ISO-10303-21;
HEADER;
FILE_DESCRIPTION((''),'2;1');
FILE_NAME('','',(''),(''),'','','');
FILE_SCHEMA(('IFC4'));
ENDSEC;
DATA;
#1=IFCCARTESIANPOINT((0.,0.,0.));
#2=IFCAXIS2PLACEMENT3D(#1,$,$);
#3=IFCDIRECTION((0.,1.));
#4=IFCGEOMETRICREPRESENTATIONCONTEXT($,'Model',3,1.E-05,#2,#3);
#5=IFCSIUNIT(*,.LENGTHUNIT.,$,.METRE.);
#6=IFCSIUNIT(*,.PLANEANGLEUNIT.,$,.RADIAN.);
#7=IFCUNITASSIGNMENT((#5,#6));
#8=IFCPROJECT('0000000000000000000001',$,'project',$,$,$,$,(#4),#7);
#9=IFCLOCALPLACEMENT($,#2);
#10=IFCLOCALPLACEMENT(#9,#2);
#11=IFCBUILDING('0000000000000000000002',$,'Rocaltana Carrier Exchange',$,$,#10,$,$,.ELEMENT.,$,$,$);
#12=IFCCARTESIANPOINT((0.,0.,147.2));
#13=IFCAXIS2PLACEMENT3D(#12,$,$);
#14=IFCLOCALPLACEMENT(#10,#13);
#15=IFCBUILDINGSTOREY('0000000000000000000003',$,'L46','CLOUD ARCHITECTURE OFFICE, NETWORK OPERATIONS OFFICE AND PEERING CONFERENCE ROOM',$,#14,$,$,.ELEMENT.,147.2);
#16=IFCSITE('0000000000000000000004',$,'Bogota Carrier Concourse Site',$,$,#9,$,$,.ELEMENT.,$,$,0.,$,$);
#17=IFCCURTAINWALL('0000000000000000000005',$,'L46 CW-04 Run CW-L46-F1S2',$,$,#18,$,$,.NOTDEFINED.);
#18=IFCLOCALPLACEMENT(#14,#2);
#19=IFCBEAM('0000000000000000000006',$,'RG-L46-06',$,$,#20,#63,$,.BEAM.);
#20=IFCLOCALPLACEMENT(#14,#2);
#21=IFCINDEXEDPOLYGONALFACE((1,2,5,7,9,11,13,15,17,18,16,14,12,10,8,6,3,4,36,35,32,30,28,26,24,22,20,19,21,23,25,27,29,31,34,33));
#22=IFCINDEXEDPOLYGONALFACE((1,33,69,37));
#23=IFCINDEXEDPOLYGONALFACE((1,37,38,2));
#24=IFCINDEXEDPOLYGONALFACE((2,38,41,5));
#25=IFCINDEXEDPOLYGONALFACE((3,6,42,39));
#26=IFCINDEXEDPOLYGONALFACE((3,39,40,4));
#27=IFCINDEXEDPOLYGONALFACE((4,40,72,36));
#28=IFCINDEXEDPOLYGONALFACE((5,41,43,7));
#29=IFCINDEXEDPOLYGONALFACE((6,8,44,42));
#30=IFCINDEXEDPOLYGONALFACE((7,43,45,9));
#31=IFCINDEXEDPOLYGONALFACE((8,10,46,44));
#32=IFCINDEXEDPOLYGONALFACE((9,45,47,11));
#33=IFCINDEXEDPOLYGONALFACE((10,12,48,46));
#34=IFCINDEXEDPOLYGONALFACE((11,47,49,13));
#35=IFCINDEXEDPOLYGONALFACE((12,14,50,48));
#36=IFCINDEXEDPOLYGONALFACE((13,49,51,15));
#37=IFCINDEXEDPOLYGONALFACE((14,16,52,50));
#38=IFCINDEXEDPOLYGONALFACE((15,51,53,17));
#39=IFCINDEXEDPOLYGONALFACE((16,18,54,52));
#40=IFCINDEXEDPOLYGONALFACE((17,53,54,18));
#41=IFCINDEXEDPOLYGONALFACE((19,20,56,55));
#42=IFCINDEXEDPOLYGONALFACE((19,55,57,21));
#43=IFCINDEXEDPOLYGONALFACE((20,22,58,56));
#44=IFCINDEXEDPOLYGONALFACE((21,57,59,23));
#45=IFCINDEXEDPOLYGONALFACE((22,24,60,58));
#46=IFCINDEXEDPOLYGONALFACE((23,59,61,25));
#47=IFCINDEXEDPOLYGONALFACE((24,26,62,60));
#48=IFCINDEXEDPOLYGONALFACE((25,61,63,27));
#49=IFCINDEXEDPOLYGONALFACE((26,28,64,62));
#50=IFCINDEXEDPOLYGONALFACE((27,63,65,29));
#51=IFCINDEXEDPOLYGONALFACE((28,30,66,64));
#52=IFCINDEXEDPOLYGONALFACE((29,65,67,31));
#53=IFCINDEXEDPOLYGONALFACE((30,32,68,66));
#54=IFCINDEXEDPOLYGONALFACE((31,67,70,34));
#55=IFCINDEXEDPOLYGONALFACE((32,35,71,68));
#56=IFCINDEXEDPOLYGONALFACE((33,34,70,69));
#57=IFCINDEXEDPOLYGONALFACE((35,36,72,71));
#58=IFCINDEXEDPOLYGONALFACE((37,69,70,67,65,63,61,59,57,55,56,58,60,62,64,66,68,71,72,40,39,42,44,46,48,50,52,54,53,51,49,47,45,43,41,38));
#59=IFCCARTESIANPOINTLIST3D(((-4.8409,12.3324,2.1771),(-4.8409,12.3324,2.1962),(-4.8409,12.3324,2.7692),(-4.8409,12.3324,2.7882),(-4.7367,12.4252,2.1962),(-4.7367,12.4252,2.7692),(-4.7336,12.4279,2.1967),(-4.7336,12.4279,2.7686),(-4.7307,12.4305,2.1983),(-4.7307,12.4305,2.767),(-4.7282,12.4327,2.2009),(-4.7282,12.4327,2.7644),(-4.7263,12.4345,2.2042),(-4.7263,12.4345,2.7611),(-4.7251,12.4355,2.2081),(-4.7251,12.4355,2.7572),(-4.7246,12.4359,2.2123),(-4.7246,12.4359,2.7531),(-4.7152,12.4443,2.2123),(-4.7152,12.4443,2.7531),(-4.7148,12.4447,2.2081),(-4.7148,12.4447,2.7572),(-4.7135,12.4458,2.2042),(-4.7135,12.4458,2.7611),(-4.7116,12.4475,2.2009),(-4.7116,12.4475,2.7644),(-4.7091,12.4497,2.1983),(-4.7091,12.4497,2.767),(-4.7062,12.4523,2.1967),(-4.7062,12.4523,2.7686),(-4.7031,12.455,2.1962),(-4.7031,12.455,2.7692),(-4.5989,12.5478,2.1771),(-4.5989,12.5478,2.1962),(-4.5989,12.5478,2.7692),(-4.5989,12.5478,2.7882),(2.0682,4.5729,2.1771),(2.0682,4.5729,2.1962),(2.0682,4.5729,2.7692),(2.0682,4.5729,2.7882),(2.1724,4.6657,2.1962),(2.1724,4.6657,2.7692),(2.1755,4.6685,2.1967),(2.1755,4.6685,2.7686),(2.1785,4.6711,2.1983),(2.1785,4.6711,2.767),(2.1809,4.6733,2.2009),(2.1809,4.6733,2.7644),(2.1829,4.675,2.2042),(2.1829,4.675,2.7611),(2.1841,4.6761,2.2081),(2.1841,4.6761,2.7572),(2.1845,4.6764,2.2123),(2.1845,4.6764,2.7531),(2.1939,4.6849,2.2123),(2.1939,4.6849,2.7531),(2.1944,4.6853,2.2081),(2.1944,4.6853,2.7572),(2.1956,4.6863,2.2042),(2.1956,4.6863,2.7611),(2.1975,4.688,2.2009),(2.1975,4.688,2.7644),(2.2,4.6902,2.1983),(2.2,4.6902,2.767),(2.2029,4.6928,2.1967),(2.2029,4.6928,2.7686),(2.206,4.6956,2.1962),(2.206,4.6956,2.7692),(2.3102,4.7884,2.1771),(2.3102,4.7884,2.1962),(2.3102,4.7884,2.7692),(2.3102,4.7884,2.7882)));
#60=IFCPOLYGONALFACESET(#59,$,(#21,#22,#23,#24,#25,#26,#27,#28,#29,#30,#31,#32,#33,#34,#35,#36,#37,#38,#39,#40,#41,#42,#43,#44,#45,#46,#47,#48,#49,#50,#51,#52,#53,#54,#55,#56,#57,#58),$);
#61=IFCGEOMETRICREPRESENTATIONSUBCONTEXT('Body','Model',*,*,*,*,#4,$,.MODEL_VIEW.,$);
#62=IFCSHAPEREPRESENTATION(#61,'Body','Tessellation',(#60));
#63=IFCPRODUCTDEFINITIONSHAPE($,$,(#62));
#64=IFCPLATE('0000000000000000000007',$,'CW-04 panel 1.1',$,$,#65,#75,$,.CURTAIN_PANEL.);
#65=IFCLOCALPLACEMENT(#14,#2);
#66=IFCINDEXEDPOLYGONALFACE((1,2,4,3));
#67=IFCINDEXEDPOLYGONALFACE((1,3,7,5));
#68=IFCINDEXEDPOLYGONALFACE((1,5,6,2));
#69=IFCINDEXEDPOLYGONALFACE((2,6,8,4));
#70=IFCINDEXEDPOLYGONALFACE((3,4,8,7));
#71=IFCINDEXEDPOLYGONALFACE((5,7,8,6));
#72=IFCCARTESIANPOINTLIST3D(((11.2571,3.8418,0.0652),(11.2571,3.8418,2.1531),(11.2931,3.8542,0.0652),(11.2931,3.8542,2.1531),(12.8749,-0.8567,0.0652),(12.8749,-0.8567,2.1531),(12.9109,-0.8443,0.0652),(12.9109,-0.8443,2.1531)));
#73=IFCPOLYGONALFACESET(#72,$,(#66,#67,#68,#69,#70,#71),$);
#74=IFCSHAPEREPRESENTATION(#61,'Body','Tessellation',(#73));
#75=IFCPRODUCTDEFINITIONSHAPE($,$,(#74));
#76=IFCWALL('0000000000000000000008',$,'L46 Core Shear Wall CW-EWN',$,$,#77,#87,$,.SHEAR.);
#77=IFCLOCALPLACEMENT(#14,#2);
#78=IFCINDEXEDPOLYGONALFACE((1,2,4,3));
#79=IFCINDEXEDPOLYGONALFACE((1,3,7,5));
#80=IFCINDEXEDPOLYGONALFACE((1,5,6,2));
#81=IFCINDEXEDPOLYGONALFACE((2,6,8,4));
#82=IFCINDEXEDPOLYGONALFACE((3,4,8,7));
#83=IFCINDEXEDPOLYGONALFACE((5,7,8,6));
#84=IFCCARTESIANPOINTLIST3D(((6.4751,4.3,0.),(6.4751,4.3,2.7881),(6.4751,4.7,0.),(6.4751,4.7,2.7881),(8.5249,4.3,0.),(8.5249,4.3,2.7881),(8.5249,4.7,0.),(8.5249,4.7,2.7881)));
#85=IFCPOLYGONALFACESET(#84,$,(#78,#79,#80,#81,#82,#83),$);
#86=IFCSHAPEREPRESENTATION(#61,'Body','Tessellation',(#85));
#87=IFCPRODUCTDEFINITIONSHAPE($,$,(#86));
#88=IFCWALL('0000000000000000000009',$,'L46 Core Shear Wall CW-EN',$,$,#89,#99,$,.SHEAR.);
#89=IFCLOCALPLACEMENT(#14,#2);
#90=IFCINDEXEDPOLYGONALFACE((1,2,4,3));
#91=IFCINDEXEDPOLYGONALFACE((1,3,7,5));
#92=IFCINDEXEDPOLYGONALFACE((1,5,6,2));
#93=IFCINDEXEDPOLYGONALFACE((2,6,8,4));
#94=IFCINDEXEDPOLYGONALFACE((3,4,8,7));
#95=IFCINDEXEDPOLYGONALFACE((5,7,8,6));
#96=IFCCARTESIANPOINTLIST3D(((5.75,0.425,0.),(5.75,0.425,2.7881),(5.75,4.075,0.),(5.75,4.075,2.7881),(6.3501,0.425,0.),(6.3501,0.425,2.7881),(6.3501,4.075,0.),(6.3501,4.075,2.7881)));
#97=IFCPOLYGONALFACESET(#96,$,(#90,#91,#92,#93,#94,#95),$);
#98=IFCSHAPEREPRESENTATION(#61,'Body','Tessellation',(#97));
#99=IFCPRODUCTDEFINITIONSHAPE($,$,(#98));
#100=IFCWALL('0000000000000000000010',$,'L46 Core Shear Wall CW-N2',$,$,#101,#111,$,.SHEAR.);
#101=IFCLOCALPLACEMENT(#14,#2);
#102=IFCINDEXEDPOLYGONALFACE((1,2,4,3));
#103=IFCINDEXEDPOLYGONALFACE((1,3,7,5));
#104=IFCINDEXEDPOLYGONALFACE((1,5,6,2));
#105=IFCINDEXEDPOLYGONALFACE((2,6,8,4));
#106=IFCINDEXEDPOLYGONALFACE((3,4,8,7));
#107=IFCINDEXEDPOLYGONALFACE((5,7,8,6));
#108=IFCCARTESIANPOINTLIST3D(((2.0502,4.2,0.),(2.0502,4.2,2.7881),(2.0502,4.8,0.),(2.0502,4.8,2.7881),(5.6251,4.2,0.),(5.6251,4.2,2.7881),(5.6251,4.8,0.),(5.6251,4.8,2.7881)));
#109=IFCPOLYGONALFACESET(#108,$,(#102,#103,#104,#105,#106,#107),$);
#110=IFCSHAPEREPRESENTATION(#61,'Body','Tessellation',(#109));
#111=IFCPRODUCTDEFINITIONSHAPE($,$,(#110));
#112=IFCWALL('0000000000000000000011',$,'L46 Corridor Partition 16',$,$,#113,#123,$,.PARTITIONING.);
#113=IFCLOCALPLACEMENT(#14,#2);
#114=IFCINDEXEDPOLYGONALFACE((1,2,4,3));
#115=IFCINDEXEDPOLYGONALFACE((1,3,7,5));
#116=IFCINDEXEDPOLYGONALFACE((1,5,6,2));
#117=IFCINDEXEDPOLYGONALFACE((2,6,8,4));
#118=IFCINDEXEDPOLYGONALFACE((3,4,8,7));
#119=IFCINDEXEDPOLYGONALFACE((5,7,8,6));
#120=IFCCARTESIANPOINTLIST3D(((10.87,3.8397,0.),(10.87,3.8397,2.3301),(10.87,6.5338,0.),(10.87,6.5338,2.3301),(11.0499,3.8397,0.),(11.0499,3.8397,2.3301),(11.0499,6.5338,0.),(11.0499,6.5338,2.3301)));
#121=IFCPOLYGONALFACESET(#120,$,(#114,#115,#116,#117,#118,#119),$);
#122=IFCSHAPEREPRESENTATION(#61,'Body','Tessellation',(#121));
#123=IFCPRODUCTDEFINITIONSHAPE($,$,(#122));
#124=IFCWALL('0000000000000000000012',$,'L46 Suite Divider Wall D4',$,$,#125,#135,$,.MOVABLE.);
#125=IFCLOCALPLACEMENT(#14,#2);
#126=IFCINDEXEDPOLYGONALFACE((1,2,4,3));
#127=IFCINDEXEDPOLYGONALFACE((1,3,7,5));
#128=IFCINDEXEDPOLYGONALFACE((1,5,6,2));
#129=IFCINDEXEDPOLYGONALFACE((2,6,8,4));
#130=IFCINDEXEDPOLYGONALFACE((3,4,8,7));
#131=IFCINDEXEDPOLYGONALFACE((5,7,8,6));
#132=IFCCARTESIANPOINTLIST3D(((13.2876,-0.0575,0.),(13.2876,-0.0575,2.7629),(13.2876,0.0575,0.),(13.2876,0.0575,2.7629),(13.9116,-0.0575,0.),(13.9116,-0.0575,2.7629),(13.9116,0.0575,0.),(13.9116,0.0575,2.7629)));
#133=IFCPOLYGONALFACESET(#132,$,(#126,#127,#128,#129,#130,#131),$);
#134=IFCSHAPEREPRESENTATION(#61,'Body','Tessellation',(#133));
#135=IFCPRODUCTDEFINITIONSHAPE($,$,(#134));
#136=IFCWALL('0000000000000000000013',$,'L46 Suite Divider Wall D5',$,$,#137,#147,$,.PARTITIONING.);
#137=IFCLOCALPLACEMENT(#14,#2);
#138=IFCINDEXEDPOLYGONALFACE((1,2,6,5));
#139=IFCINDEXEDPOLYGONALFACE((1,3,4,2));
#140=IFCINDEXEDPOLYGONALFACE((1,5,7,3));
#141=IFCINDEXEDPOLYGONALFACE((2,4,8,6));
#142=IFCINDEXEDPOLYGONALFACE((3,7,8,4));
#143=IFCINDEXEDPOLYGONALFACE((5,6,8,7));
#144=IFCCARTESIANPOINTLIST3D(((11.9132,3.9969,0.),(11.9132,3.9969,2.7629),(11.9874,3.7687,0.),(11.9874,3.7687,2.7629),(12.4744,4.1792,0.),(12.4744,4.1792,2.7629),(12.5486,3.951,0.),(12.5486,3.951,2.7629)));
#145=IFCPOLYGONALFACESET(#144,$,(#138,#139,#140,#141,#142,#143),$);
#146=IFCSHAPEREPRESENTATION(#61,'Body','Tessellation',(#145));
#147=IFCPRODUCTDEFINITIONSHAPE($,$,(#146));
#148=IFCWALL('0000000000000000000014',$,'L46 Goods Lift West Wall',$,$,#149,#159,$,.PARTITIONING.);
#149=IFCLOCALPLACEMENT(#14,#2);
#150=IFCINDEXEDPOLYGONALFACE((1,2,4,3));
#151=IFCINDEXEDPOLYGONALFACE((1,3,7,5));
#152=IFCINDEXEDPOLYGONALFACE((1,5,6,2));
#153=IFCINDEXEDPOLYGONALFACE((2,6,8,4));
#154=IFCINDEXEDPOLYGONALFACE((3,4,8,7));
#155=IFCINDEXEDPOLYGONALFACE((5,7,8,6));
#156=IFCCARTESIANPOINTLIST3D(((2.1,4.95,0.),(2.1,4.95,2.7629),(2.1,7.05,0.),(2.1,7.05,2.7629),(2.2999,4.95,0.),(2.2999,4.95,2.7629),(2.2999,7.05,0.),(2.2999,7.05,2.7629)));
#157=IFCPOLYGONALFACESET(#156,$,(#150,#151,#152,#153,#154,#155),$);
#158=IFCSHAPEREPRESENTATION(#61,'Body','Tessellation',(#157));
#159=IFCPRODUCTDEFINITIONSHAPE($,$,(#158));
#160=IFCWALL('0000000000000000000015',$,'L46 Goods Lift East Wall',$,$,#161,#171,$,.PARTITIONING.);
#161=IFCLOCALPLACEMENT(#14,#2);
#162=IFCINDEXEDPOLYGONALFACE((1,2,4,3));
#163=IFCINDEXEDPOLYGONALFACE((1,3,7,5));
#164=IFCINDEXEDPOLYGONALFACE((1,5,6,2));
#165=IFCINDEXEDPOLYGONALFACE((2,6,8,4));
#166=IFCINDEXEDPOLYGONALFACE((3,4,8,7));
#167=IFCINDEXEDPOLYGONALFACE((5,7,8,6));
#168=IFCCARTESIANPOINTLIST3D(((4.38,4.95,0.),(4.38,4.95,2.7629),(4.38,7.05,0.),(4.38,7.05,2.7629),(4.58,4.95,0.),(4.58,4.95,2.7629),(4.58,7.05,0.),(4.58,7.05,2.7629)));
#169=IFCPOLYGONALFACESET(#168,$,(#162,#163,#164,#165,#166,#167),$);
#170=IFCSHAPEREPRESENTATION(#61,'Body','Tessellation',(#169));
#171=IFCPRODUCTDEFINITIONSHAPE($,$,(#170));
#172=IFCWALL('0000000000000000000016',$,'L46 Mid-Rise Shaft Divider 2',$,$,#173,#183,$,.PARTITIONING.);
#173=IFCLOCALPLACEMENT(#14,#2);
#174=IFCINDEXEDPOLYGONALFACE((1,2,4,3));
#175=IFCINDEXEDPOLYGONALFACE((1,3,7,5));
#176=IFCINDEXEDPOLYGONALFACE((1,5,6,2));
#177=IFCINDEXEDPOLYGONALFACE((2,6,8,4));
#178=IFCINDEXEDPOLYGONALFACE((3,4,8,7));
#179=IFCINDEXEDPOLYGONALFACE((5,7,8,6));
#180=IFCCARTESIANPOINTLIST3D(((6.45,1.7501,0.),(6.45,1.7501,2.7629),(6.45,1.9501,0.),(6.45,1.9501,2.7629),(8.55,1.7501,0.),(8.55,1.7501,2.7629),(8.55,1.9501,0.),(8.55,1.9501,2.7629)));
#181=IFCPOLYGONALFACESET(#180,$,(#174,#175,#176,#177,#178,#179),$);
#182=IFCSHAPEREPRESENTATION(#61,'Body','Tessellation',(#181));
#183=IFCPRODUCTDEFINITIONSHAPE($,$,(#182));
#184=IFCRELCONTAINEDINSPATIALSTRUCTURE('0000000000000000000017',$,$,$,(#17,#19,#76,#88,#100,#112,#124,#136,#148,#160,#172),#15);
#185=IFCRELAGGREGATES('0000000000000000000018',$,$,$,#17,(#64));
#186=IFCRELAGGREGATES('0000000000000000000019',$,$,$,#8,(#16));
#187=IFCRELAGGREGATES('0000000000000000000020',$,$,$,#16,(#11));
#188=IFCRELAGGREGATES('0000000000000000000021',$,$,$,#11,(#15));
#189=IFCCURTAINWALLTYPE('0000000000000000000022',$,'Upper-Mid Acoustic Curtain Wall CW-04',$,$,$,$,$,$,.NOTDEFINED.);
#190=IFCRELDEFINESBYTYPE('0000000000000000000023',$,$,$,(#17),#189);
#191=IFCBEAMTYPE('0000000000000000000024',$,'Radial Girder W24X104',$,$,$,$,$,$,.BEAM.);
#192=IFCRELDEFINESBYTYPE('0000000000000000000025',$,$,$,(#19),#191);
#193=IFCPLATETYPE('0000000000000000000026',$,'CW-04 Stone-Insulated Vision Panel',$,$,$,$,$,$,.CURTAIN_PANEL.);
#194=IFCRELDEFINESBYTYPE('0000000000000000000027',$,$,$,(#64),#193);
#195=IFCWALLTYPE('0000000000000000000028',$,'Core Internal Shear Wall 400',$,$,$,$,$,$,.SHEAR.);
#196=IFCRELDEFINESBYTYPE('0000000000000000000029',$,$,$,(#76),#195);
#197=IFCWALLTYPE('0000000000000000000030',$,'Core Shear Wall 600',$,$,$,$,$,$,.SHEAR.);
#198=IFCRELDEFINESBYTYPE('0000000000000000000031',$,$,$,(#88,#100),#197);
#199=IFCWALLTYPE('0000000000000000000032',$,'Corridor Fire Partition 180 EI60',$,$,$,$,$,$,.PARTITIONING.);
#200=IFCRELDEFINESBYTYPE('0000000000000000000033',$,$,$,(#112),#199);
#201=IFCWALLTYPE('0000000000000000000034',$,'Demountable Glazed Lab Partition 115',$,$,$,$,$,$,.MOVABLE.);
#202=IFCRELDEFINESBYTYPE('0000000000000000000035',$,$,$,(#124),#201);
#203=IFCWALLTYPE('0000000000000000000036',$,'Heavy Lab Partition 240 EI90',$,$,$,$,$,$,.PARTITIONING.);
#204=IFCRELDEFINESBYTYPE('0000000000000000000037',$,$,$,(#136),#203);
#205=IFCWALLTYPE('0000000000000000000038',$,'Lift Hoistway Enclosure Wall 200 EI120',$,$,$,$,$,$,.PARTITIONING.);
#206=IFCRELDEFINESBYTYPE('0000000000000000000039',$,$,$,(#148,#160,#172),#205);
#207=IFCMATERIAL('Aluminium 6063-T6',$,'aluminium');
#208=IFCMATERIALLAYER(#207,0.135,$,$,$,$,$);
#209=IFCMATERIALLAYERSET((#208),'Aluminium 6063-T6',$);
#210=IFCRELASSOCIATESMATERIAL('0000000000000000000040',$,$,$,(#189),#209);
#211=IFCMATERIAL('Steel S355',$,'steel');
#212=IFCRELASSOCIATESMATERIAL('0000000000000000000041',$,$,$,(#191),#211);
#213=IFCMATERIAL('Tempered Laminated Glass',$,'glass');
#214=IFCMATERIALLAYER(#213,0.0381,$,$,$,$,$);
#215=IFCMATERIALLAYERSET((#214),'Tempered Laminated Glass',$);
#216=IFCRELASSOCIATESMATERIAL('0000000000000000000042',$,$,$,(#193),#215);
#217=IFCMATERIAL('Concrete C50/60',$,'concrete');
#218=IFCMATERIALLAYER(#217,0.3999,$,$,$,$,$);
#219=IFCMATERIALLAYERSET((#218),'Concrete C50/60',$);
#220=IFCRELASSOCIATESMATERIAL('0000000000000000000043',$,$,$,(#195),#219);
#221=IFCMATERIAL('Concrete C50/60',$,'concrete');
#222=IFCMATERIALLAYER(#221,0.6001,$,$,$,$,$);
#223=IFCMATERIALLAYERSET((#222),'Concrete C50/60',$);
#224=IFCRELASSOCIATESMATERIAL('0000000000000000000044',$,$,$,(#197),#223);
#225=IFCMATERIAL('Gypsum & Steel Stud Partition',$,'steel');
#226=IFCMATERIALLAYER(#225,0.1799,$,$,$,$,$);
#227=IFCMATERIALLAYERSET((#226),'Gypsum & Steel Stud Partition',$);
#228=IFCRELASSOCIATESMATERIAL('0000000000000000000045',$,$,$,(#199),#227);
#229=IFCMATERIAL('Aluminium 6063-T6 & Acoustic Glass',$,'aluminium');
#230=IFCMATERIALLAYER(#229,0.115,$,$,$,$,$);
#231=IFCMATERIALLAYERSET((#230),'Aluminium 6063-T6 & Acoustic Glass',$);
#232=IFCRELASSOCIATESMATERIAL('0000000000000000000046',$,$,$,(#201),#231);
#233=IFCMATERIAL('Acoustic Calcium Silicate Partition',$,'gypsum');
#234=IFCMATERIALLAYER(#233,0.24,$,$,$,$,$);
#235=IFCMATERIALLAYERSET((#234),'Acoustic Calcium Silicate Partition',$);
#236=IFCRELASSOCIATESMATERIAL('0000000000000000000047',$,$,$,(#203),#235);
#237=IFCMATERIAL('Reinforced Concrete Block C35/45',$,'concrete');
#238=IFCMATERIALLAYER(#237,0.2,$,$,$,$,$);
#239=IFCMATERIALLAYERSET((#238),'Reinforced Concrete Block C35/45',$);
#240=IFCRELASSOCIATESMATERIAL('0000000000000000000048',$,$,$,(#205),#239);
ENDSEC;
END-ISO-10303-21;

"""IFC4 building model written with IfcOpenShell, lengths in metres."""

from ifc_helpers import new_model, si_unit, direction, frame, frame_2d, origin, origin_2d, place, context, subcontext, project, spatial, rectangle, i_section, extrude, material, layer, layer_set, material_profile, profile_set, type_object, element, aggregate, save


model = new_model("IFC4")

# Units and contexts
model_context = context("Model", 3, precision=1e-05, world=origin(), true_north=direction((0.0, 1.0)))
body_context = subcontext(model_context, "Body", "Model", "MODEL_VIEW")
ifc_project = project(units=[si_unit("LENGTHUNIT", "METRE"), si_unit("PLANEANGLEUNIT", "RADIAN")], contexts=[model_context])

# Site, building, storey
site_placement = place(None, origin())
site = spatial("IfcSite", under=ifc_project, at=site_placement, Name="Bogota Carrier Concourse Site", CompositionType="ELEMENT", RefElevation=0.0)
building_placement = place(site_placement, origin())
building = spatial("IfcBuilding", under=site, at=building_placement, Name="Rocaltana Carrier Exchange", CompositionType="ELEMENT")
storey_placement = place(building_placement, frame((0.0, 0.0, 147.2)))
storey = spatial("IfcBuildingStorey", under=building, at=storey_placement, Name="L46", Description="CLOUD ARCHITECTURE OFFICE, NETWORK OPERATIONS OFFICE AND PEERING CONFERENCE ROOM", CompositionType="ELEMENT", Elevation=147.2)

# Curtain wall
ifc_material_1 = material(Name="Aluminium 6063-T6", Category="aluminium")
ifc_layer_1 = layer(ifc_material_1, 0.135)
ifc_layer_set_1 = layer_set([ifc_layer_1], Name="Aluminium 6063-T6")
curtain_wall_type = type_object("IfcCurtainWallType", Name="Upper-Mid Acoustic Curtain Wall CW-04", PredefinedType="NOTDEFINED", material=ifc_layer_set_1)
curtain_wall_placement = place(storey_placement, origin())
curtain_wall = element("IfcCurtainWall", 1, at=curtain_wall_placement, inside=storey, type_object=curtain_wall_type, Name="L46 CW-04 Run CW-L46-F1S2", PredefinedType="NOTDEFINED")

# Beam
ifc_material_2 = material(Name="Steel S355", Category="steel")
ifc_material_profile_1 = material_profile(ifc_material_2, i_section(OverallWidth=0.324, OverallDepth=0.6111, WebThickness=0.0127, FlangeThickness=0.019, FilletRadius=0.0161, at=origin_2d()), Name="W24X104")
ifc_profile_set_1 = profile_set([ifc_material_profile_1], Name="Steel S355")
beam_type_1 = type_object("IfcBeamType", Name="Radial Girder W24X104", PredefinedType="BEAM", material=ifc_profile_set_1)
beam_1_placement = place(storey_placement, frame((2.1892, 4.6807, 2.4827), z_axis=(-0.665, 0.746844, 0.0), x_axis=(-0.746844, -0.665, 0.0)))
element("IfcBeam", 2, at=beam_1_placement, inside=storey, type_object=beam_type_1, Name="RG-L46-06", PredefinedType="BEAM", context=body_context, shape_type="SweptSolid", body=[
    extrude(i_section(OverallWidth=0.324, OverallDepth=0.6111, WebThickness=0.0127, FlangeThickness=0.019, FilletRadius=0.0161, at=origin_2d()), origin(), (0.0, 0.0, 1.0), 10.3896),
])

# Plate
ifc_material_3 = material(Name="Tempered Laminated Glass", Category="glass")
ifc_layer_2 = layer(ifc_material_3, 0.0381)
ifc_layer_set_2 = layer_set([ifc_layer_2], Name="Tempered Laminated Glass")
plate_type = type_object("IfcPlateType", Name="CW-04 Stone-Insulated Vision Panel", PredefinedType="CURTAIN_PANEL", material=ifc_layer_set_2)
plate_placement = place(storey_placement, frame((12.084, 1.4988, 0.0652), z_axis=(0.0, 0.0, 1.0), x_axis=(-0.325562, 0.945521, 0.0)))
plate = element("IfcPlate", 3, at=plate_placement, type_object=plate_type, Name="CW-04 panel 1.1", PredefinedType="CURTAIN_PANEL", context=body_context, shape_type="SweptSolid", body=[
    extrude(rectangle(XDim=4.9692, YDim=0.0381, at=origin_2d()), origin(), (0.0, 0.0, 1.0), 2.0879),
])
aggregate(curtain_wall, [plate])

# Walls
ifc_material_4 = material(Name="Concrete C50/60", Category="concrete")
ifc_layer_3 = layer(ifc_material_4, 0.3999)
ifc_layer_set_3 = layer_set([ifc_layer_3], Name="Concrete C50/60")
wall_type_1 = type_object("IfcWallType", Name="Core Internal Shear Wall 400", PredefinedType="SHEAR", material=ifc_layer_set_3)
wall_1_placement = place(storey_placement, frame((6.4751, 4.5, 0.0), z_axis=(0.0, 0.0, 1.0), x_axis=(1.0, 0.0, 0.0)))
element("IfcWall", 4, at=wall_1_placement, inside=storey, type_object=wall_type_1, Name="L46 Core Shear Wall CW-EWN", PredefinedType="SHEAR", context=body_context, shape_type="SweptSolid", body=[
    extrude(rectangle(XDim=2.0498, YDim=0.3999, at=frame_2d((1.0249, 0.0))), origin(), (0.0, 0.0, 1.0), 2.7881),
])
ifc_material_5 = material(Name="Concrete C50/60", Category="concrete")
ifc_layer_4 = layer(ifc_material_5, 0.6001)
ifc_layer_set_4 = layer_set([ifc_layer_4], Name="Concrete C50/60")
wall_type_2 = type_object("IfcWallType", Name="Core Shear Wall 600", PredefinedType="SHEAR", material=ifc_layer_set_4)
wall_2_placement = place(storey_placement, frame((6.05, 0.425, 0.0), z_axis=(0.0, 0.0, 1.0), x_axis=(0.0, 1.0, 0.0)))
element("IfcWall", 5, at=wall_2_placement, inside=storey, type_object=wall_type_2, Name="L46 Core Shear Wall CW-EN", PredefinedType="SHEAR", context=body_context, shape_type="SweptSolid", body=[
    extrude(rectangle(XDim=3.6499, YDim=0.6001, at=frame_2d((1.825, 0.0))), origin(), (0.0, 0.0, 1.0), 2.7881),
])
wall_3_placement = place(storey_placement, frame((2.05, 4.5, 0.0), z_axis=(0.0, 0.0, 1.0), x_axis=(1.0, 0.0, 0.0)))
element("IfcWall", 6, at=wall_3_placement, inside=storey, type_object=wall_type_2, Name="L46 Core Shear Wall CW-N2", PredefinedType="SHEAR", context=body_context, shape_type="SweptSolid", body=[
    extrude(rectangle(XDim=3.575, YDim=0.6001, at=frame_2d((1.7876, 0.0))), origin(), (0.0, 0.0, 1.0), 2.7881),
])
ifc_material_6 = material(Name="Gypsum & Steel Stud Partition", Category="steel")
ifc_layer_5 = layer(ifc_material_6, 0.1799)
ifc_layer_set_5 = layer_set([ifc_layer_5], Name="Gypsum & Steel Stud Partition")
wall_type_3 = type_object("IfcWallType", Name="Corridor Fire Partition 180 EI60", PredefinedType="PARTITIONING", material=ifc_layer_set_5)
wall_4_placement = place(storey_placement, frame((10.96, 3.8396, 0.0), z_axis=(0.0, 0.0, 1.0), x_axis=(0.0, 1.0, 0.0)))
element("IfcWall", 7, at=wall_4_placement, inside=storey, type_object=wall_type_3, Name="L46 Corridor Partition 16", PredefinedType="PARTITIONING", context=body_context, shape_type="SweptSolid", body=[
    extrude(rectangle(XDim=2.6941, YDim=0.1799, at=frame_2d((1.3472, 0.0))), origin(), (0.0, 0.0, 1.0), 2.3301),
])
ifc_material_7 = material(Name="Aluminium 6063-T6 & Acoustic Glass", Category="aluminium")
ifc_layer_6 = layer(ifc_material_7, 0.115)
ifc_layer_set_6 = layer_set([ifc_layer_6], Name="Aluminium 6063-T6 & Acoustic Glass")
wall_type_4 = type_object("IfcWallType", Name="Demountable Glazed Lab Partition 115", PredefinedType="MOVABLE", material=ifc_layer_set_6)
wall_5_placement = place(storey_placement, frame((13.2876, 0.0, 0.0), z_axis=(0.0, 0.0, 1.0), x_axis=(1.0, 0.0, 0.0)))
element("IfcWall", 8, at=wall_5_placement, inside=storey, type_object=wall_type_4, Name="L46 Suite Divider Wall D4", PredefinedType="MOVABLE", context=body_context, shape_type="SweptSolid", body=[
    extrude(rectangle(XDim=0.624, YDim=0.115, at=frame_2d((0.312, 0.0))), origin(), (0.0, 0.0, 1.0), 2.7629),
])
ifc_material_8 = material(Name="Acoustic Calcium Silicate Partition", Category="gypsum")
ifc_layer_7 = layer(ifc_material_8, 0.24)
ifc_layer_set_7 = layer_set([ifc_layer_7], Name="Acoustic Calcium Silicate Partition")
wall_type_5 = type_object("IfcWallType", Name="Heavy Lab Partition 240 EI90", PredefinedType="PARTITIONING", material=ifc_layer_set_7)
wall_6_placement = place(storey_placement, frame((11.9504, 3.8828, 0.0), z_axis=(0.0, 0.0, 1.0), x_axis=(0.951055, 0.309021, 0.0)))
element("IfcWall", 9, at=wall_6_placement, inside=storey, type_object=wall_type_5, Name="L46 Suite Divider Wall D5", PredefinedType="PARTITIONING", context=body_context, shape_type="SweptSolid", body=[
    extrude(rectangle(XDim=0.5901, YDim=0.24, at=frame_2d((0.2949, 0.0))), origin(), (0.0, 0.0, 1.0), 2.7629),
])
ifc_material_9 = material(Name="Reinforced Concrete Block C35/45", Category="concrete")
ifc_layer_8 = layer(ifc_material_9, 0.2)
ifc_layer_set_8 = layer_set([ifc_layer_8], Name="Reinforced Concrete Block C35/45")
wall_type_6 = type_object("IfcWallType", Name="Lift Hoistway Enclosure Wall 200 EI120", PredefinedType="PARTITIONING", material=ifc_layer_set_8)
for number, where, z_axis, x_axis, name in (
    (10, (2.2, 4.95, 0.0), (0.0, 0.0, 1.0), (0.0, 1.0, 0.0), "L46 Goods Lift West Wall"),
    (11, (4.48, 4.95, 0.0), (0.0, 0.0, 1.0), (0.0, 1.0, 0.0), "L46 Goods Lift East Wall"),
    (12, (6.45, 1.8501, 0.0), (0.0, 0.0, 1.0), (1.0, 0.0, 0.0), "L46 Mid-Rise Shaft Divider 2"),
):
    element("IfcWall", number, at=place(storey_placement, frame(where, z_axis=z_axis, x_axis=x_axis)), inside=storey, type_object=wall_type_6, Name=name, PredefinedType="PARTITIONING", context=body_context, shape_type="SweptSolid", body=[
        extrude(rectangle(XDim=2.1001, YDim=0.2, at=frame_2d((1.05, 0.0))), origin(), (0.0, 0.0, 1.0), 2.7629),
    ])

save(model, "model.ifc")
